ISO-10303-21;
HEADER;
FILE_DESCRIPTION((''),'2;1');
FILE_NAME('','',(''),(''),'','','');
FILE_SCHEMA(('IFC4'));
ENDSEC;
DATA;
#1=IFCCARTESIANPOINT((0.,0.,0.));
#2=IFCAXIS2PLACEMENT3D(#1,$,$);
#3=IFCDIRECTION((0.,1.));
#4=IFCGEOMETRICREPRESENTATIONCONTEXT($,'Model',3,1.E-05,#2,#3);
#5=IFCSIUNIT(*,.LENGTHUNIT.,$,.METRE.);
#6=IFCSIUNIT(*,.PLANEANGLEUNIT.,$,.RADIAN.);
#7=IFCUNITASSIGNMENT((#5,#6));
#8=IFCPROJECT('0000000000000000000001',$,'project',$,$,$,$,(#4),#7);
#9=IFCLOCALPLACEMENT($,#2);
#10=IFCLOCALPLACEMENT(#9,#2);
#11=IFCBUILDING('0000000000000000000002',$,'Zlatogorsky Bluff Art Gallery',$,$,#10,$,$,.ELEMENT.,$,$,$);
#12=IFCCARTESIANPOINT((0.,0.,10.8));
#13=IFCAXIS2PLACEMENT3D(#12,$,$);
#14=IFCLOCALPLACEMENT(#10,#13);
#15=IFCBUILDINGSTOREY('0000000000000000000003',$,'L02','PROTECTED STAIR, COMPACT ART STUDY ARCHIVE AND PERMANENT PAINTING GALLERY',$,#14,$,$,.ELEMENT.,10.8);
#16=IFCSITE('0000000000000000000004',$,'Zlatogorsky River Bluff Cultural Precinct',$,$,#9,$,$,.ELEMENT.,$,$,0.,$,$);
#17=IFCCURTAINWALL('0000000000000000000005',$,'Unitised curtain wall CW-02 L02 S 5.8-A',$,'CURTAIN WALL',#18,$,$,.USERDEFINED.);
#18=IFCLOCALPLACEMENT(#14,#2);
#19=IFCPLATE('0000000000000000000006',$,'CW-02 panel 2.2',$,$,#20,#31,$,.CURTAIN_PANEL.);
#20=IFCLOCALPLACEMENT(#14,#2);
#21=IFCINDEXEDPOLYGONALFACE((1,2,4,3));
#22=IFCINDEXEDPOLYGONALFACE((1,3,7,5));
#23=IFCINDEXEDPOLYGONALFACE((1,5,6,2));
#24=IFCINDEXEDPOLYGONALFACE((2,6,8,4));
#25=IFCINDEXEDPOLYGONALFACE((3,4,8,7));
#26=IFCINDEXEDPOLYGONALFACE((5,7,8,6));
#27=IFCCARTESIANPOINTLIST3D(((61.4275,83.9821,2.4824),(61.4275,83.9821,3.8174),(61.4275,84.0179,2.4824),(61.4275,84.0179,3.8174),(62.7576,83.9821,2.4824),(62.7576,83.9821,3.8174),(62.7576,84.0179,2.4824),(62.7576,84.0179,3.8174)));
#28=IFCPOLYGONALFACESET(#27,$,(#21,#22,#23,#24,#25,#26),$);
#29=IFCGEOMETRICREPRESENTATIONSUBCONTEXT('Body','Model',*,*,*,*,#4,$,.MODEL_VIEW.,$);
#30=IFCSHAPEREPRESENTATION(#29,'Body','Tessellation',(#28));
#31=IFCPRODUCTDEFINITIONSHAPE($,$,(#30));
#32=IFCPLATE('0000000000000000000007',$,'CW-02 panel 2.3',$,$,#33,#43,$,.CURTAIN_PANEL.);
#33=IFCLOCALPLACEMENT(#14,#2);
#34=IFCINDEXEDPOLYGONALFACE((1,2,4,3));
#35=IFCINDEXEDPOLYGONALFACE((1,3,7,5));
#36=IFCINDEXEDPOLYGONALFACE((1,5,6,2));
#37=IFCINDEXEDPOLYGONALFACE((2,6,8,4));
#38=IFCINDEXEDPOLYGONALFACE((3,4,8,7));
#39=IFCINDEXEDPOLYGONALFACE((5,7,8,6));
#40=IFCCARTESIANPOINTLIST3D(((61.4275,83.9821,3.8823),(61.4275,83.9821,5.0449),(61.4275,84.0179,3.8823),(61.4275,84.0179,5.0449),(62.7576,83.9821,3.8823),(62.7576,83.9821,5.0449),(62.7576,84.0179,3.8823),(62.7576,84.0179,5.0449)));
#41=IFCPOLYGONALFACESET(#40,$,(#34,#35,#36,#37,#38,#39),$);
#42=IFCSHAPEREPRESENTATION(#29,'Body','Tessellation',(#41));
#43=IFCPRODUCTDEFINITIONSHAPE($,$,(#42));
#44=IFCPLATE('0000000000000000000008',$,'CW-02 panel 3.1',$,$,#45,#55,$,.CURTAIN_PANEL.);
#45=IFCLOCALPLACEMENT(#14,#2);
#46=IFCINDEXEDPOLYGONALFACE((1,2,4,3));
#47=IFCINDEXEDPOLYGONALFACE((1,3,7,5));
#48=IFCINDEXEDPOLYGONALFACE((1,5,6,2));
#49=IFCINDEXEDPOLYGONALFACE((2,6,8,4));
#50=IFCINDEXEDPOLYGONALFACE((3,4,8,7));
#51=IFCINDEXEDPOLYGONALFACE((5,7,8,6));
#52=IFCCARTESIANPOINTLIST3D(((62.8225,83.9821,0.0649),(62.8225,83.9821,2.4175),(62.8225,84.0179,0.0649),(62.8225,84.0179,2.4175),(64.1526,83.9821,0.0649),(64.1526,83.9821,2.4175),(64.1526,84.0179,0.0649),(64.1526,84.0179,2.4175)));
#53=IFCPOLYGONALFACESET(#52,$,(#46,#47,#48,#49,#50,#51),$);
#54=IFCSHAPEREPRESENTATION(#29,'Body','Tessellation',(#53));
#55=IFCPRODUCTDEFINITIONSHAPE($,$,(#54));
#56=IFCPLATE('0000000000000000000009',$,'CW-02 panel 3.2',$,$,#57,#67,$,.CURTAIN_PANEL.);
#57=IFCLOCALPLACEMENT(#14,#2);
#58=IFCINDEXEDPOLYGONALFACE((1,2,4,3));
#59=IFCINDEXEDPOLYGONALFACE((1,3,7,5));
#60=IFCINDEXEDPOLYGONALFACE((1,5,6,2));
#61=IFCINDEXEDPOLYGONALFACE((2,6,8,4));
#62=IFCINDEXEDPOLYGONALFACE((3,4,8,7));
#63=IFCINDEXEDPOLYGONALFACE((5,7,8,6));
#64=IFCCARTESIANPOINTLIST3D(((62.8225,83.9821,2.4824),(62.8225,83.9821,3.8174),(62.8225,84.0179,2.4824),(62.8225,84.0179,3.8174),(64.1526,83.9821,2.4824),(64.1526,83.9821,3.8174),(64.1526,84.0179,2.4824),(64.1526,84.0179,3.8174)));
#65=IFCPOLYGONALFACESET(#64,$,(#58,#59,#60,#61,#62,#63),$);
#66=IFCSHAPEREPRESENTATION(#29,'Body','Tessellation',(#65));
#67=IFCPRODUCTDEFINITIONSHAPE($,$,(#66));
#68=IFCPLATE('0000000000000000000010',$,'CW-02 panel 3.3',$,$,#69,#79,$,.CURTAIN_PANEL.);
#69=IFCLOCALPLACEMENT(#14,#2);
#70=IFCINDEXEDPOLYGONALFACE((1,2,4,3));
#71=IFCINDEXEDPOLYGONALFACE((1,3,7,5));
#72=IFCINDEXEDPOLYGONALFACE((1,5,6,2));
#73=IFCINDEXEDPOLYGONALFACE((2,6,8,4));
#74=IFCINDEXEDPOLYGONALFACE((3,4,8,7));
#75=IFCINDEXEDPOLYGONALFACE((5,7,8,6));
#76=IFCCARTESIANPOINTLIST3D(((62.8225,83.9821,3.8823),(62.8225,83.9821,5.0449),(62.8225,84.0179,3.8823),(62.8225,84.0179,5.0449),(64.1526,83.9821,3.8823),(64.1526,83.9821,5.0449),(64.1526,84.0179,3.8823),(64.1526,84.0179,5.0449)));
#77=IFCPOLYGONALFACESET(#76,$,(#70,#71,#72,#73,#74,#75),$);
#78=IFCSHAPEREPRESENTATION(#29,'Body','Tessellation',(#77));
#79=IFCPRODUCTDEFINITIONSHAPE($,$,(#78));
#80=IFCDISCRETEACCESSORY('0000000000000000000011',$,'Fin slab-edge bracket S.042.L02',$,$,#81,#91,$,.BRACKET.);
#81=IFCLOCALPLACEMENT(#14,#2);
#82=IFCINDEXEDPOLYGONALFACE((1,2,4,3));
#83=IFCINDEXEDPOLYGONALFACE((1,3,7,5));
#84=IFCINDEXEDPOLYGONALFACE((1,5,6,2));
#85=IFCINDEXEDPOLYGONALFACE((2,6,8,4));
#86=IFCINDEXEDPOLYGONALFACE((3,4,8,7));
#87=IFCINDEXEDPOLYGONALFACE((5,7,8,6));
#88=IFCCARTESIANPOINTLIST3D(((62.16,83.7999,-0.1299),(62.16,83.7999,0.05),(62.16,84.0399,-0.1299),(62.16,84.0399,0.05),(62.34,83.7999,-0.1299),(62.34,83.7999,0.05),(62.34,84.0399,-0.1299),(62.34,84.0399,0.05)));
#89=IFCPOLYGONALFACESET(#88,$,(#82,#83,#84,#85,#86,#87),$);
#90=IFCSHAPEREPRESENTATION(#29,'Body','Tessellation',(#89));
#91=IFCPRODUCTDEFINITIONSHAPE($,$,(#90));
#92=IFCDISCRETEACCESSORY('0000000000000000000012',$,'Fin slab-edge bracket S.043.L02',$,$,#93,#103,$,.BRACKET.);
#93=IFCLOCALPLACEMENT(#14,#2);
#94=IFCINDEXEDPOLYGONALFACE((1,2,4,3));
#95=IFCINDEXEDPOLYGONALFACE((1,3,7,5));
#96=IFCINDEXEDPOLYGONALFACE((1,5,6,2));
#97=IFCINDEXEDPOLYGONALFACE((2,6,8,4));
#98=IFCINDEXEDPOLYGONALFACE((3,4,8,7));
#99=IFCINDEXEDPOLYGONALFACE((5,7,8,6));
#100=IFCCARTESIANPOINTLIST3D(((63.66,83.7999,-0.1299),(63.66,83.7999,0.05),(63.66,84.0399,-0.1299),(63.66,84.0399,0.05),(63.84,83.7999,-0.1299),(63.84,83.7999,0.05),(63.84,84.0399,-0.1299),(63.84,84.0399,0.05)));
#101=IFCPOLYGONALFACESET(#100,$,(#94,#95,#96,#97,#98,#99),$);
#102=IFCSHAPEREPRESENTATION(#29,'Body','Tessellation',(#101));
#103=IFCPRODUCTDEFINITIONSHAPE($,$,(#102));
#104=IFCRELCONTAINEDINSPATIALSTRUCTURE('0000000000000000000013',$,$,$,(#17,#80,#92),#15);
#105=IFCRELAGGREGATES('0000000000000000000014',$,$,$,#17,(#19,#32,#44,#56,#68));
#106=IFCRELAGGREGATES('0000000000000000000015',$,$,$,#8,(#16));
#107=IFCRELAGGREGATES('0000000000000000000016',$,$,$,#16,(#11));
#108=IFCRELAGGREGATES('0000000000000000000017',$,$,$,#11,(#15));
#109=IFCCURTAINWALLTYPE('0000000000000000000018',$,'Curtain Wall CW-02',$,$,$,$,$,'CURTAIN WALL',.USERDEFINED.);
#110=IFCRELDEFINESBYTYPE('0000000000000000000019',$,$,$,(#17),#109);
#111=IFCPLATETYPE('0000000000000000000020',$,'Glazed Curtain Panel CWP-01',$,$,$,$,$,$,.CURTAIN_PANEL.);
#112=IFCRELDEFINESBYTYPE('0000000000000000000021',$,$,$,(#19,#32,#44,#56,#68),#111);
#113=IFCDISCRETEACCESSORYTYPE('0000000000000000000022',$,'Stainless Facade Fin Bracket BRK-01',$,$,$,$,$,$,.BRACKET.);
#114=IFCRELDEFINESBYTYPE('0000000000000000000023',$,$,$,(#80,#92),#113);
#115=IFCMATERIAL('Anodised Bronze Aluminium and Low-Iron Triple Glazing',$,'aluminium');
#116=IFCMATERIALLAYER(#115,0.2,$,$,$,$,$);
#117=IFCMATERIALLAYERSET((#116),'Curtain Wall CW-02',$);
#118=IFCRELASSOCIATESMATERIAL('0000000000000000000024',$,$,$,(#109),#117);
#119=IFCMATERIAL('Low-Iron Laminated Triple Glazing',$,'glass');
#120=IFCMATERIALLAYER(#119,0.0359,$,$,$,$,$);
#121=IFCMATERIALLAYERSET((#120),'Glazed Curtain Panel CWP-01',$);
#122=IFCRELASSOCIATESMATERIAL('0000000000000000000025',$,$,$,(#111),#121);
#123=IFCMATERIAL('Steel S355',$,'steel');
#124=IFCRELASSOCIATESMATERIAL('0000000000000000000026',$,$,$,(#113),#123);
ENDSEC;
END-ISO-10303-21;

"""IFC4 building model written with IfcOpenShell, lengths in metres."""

from ifc_helpers import new_model, si_unit, direction, frame, origin, origin_2d, place, context, subcontext, project, spatial, rectangle, extrude, material, layer, layer_set, type_object, element, aggregate, save


model = new_model("IFC4")

# Units and contexts
model_context = context("Model", 3, precision=1e-05, world=origin(), true_north=direction((0.0, 1.0)))
body_context = subcontext(model_context, "Body", "Model", "MODEL_VIEW")
ifc_project = project(units=[si_unit("LENGTHUNIT", "METRE"), si_unit("PLANEANGLEUNIT", "RADIAN")], contexts=[model_context])

# Site, building, storey
site_placement = place(None, origin())
site = spatial("IfcSite", under=ifc_project, at=site_placement, Name="Zlatogorsky River Bluff Cultural Precinct", CompositionType="ELEMENT", RefElevation=0.0)
building_placement = place(site_placement, origin())
building = spatial("IfcBuilding", under=site, at=building_placement, Name="Zlatogorsky Bluff Art Gallery", CompositionType="ELEMENT")
storey_placement = place(building_placement, frame((0.0, 0.0, 10.8)))
storey = spatial("IfcBuildingStorey", under=building, at=storey_placement, Name="L02", Description="PROTECTED STAIR, COMPACT ART STUDY ARCHIVE AND PERMANENT PAINTING GALLERY", CompositionType="ELEMENT", Elevation=10.8)

# Curtain wall, plates
ifc_material_1 = material(Name="Anodised Bronze Aluminium and Low-Iron Triple Glazing", Category="aluminium")
ifc_layer_1 = layer(ifc_material_1, 0.2)
ifc_layer_set_1 = layer_set([ifc_layer_1], Name="Curtain Wall CW-02")
curtain_wall_type = type_object("IfcCurtainWallType", Name="Curtain Wall CW-02", ElementType="CURTAIN WALL", PredefinedType="USERDEFINED", material=ifc_layer_set_1)
curtain_wall_placement = place(storey_placement, origin())
curtain_wall = element("IfcCurtainWall", 1, at=curtain_wall_placement, inside=storey, type_object=curtain_wall_type, Name="Unitised curtain wall CW-02 L02 S 5.8-A", ObjectType="CURTAIN WALL", PredefinedType="USERDEFINED")
ifc_material_2 = material(Name="Low-Iron Laminated Triple Glazing", Category="glass")
ifc_layer_2 = layer(ifc_material_2, 0.0359)
ifc_layer_set_2 = layer_set([ifc_layer_2], Name="Glazed Curtain Panel CWP-01")
plate_type = type_object("IfcPlateType", Name="Glazed Curtain Panel CWP-01", PredefinedType="CURTAIN_PANEL", material=ifc_layer_set_2)
plate_1_placement = place(storey_placement, frame((62.0925, 84.0, 2.4824), z_axis=(0.0, 0.0, 1.0), x_axis=(1.0, 0.0, 0.0)))
plate_1 = element("IfcPlate", 2, at=plate_1_placement, type_object=plate_type, Name="CW-02 panel 2.2", PredefinedType="CURTAIN_PANEL", context=body_context, shape_type="SweptSolid", body=[
    extrude(rectangle(XDim=1.3301, YDim=0.0359, at=origin_2d()), origin(), (0.0, 0.0, 1.0), 1.335),
])
plate_2_placement = place(storey_placement, frame((62.0925, 84.0, 3.8823), z_axis=(0.0, 0.0, 1.0), x_axis=(1.0, 0.0, 0.0)))
plate_2 = element("IfcPlate", 3, at=plate_2_placement, type_object=plate_type, Name="CW-02 panel 2.3", PredefinedType="CURTAIN_PANEL", context=body_context, shape_type="SweptSolid", body=[
    extrude(rectangle(XDim=1.3301, YDim=0.0359, at=origin_2d()), origin(), (0.0, 0.0, 1.0), 1.1626),
])
plate_3_placement = place(storey_placement, frame((63.4875, 84.0, 0.0649), z_axis=(0.0, 0.0, 1.0), x_axis=(1.0, 0.0, 0.0)))
plate_3 = element("IfcPlate", 4, at=plate_3_placement, type_object=plate_type, Name="CW-02 panel 3.1", PredefinedType="CURTAIN_PANEL", context=body_context, shape_type="SweptSolid", body=[
    extrude(rectangle(XDim=1.3301, YDim=0.0359, at=origin_2d()), origin(), (0.0, 0.0, 1.0), 2.3525),
])
plate_4_placement = place(storey_placement, frame((63.4875, 84.0, 2.4824), z_axis=(0.0, 0.0, 1.0), x_axis=(1.0, 0.0, 0.0)))
plate_4 = element("IfcPlate", 5, at=plate_4_placement, type_object=plate_type, Name="CW-02 panel 3.2", PredefinedType="CURTAIN_PANEL", context=body_context, shape_type="SweptSolid", body=[
    extrude(rectangle(XDim=1.3301, YDim=0.0359, at=origin_2d()), origin(), (0.0, 0.0, 1.0), 1.335),
])
plate_5_placement = place(storey_placement, frame((63.4875, 84.0, 3.8823), z_axis=(0.0, 0.0, 1.0), x_axis=(1.0, 0.0, 0.0)))
plate_5 = element("IfcPlate", 6, at=plate_5_placement, type_object=plate_type, Name="CW-02 panel 3.3", PredefinedType="CURTAIN_PANEL", context=body_context, shape_type="SweptSolid", body=[
    extrude(rectangle(XDim=1.3301, YDim=0.0359, at=origin_2d()), origin(), (0.0, 0.0, 1.0), 1.1626),
])
aggregate(curtain_wall, [plate_1, plate_2, plate_3, plate_4, plate_5])

# Discrete accessories
ifc_material_3 = material(Name="Steel S355", Category="steel")
discrete_accessory_type = type_object("IfcDiscreteAccessoryType", Name="Stainless Facade Fin Bracket BRK-01", PredefinedType="BRACKET", material=ifc_material_3)
for number, where, z_axis, x_axis, name in (
    (7, (62.25, 83.9199, -0.1299), (0.0, 0.0, 1.0), (1.0, 0.0, 0.0), "Fin slab-edge bracket S.042.L02"),
    (8, (63.75, 83.9199, -0.1299), (0.0, 0.0, 1.0), (1.0, 0.0, 0.0), "Fin slab-edge bracket S.043.L02"),
):
    element("IfcDiscreteAccessory", number, at=place(storey_placement, frame(where, z_axis=z_axis, x_axis=x_axis)), inside=storey, type_object=discrete_accessory_type, Name=name, PredefinedType="BRACKET", context=body_context, shape_type="SweptSolid", body=[
        extrude(rectangle(XDim=0.1799, YDim=0.24, at=origin_2d()), origin(), (0.0, 0.0, 1.0), 0.1799),
    ])

save(model, "model.ifc")
